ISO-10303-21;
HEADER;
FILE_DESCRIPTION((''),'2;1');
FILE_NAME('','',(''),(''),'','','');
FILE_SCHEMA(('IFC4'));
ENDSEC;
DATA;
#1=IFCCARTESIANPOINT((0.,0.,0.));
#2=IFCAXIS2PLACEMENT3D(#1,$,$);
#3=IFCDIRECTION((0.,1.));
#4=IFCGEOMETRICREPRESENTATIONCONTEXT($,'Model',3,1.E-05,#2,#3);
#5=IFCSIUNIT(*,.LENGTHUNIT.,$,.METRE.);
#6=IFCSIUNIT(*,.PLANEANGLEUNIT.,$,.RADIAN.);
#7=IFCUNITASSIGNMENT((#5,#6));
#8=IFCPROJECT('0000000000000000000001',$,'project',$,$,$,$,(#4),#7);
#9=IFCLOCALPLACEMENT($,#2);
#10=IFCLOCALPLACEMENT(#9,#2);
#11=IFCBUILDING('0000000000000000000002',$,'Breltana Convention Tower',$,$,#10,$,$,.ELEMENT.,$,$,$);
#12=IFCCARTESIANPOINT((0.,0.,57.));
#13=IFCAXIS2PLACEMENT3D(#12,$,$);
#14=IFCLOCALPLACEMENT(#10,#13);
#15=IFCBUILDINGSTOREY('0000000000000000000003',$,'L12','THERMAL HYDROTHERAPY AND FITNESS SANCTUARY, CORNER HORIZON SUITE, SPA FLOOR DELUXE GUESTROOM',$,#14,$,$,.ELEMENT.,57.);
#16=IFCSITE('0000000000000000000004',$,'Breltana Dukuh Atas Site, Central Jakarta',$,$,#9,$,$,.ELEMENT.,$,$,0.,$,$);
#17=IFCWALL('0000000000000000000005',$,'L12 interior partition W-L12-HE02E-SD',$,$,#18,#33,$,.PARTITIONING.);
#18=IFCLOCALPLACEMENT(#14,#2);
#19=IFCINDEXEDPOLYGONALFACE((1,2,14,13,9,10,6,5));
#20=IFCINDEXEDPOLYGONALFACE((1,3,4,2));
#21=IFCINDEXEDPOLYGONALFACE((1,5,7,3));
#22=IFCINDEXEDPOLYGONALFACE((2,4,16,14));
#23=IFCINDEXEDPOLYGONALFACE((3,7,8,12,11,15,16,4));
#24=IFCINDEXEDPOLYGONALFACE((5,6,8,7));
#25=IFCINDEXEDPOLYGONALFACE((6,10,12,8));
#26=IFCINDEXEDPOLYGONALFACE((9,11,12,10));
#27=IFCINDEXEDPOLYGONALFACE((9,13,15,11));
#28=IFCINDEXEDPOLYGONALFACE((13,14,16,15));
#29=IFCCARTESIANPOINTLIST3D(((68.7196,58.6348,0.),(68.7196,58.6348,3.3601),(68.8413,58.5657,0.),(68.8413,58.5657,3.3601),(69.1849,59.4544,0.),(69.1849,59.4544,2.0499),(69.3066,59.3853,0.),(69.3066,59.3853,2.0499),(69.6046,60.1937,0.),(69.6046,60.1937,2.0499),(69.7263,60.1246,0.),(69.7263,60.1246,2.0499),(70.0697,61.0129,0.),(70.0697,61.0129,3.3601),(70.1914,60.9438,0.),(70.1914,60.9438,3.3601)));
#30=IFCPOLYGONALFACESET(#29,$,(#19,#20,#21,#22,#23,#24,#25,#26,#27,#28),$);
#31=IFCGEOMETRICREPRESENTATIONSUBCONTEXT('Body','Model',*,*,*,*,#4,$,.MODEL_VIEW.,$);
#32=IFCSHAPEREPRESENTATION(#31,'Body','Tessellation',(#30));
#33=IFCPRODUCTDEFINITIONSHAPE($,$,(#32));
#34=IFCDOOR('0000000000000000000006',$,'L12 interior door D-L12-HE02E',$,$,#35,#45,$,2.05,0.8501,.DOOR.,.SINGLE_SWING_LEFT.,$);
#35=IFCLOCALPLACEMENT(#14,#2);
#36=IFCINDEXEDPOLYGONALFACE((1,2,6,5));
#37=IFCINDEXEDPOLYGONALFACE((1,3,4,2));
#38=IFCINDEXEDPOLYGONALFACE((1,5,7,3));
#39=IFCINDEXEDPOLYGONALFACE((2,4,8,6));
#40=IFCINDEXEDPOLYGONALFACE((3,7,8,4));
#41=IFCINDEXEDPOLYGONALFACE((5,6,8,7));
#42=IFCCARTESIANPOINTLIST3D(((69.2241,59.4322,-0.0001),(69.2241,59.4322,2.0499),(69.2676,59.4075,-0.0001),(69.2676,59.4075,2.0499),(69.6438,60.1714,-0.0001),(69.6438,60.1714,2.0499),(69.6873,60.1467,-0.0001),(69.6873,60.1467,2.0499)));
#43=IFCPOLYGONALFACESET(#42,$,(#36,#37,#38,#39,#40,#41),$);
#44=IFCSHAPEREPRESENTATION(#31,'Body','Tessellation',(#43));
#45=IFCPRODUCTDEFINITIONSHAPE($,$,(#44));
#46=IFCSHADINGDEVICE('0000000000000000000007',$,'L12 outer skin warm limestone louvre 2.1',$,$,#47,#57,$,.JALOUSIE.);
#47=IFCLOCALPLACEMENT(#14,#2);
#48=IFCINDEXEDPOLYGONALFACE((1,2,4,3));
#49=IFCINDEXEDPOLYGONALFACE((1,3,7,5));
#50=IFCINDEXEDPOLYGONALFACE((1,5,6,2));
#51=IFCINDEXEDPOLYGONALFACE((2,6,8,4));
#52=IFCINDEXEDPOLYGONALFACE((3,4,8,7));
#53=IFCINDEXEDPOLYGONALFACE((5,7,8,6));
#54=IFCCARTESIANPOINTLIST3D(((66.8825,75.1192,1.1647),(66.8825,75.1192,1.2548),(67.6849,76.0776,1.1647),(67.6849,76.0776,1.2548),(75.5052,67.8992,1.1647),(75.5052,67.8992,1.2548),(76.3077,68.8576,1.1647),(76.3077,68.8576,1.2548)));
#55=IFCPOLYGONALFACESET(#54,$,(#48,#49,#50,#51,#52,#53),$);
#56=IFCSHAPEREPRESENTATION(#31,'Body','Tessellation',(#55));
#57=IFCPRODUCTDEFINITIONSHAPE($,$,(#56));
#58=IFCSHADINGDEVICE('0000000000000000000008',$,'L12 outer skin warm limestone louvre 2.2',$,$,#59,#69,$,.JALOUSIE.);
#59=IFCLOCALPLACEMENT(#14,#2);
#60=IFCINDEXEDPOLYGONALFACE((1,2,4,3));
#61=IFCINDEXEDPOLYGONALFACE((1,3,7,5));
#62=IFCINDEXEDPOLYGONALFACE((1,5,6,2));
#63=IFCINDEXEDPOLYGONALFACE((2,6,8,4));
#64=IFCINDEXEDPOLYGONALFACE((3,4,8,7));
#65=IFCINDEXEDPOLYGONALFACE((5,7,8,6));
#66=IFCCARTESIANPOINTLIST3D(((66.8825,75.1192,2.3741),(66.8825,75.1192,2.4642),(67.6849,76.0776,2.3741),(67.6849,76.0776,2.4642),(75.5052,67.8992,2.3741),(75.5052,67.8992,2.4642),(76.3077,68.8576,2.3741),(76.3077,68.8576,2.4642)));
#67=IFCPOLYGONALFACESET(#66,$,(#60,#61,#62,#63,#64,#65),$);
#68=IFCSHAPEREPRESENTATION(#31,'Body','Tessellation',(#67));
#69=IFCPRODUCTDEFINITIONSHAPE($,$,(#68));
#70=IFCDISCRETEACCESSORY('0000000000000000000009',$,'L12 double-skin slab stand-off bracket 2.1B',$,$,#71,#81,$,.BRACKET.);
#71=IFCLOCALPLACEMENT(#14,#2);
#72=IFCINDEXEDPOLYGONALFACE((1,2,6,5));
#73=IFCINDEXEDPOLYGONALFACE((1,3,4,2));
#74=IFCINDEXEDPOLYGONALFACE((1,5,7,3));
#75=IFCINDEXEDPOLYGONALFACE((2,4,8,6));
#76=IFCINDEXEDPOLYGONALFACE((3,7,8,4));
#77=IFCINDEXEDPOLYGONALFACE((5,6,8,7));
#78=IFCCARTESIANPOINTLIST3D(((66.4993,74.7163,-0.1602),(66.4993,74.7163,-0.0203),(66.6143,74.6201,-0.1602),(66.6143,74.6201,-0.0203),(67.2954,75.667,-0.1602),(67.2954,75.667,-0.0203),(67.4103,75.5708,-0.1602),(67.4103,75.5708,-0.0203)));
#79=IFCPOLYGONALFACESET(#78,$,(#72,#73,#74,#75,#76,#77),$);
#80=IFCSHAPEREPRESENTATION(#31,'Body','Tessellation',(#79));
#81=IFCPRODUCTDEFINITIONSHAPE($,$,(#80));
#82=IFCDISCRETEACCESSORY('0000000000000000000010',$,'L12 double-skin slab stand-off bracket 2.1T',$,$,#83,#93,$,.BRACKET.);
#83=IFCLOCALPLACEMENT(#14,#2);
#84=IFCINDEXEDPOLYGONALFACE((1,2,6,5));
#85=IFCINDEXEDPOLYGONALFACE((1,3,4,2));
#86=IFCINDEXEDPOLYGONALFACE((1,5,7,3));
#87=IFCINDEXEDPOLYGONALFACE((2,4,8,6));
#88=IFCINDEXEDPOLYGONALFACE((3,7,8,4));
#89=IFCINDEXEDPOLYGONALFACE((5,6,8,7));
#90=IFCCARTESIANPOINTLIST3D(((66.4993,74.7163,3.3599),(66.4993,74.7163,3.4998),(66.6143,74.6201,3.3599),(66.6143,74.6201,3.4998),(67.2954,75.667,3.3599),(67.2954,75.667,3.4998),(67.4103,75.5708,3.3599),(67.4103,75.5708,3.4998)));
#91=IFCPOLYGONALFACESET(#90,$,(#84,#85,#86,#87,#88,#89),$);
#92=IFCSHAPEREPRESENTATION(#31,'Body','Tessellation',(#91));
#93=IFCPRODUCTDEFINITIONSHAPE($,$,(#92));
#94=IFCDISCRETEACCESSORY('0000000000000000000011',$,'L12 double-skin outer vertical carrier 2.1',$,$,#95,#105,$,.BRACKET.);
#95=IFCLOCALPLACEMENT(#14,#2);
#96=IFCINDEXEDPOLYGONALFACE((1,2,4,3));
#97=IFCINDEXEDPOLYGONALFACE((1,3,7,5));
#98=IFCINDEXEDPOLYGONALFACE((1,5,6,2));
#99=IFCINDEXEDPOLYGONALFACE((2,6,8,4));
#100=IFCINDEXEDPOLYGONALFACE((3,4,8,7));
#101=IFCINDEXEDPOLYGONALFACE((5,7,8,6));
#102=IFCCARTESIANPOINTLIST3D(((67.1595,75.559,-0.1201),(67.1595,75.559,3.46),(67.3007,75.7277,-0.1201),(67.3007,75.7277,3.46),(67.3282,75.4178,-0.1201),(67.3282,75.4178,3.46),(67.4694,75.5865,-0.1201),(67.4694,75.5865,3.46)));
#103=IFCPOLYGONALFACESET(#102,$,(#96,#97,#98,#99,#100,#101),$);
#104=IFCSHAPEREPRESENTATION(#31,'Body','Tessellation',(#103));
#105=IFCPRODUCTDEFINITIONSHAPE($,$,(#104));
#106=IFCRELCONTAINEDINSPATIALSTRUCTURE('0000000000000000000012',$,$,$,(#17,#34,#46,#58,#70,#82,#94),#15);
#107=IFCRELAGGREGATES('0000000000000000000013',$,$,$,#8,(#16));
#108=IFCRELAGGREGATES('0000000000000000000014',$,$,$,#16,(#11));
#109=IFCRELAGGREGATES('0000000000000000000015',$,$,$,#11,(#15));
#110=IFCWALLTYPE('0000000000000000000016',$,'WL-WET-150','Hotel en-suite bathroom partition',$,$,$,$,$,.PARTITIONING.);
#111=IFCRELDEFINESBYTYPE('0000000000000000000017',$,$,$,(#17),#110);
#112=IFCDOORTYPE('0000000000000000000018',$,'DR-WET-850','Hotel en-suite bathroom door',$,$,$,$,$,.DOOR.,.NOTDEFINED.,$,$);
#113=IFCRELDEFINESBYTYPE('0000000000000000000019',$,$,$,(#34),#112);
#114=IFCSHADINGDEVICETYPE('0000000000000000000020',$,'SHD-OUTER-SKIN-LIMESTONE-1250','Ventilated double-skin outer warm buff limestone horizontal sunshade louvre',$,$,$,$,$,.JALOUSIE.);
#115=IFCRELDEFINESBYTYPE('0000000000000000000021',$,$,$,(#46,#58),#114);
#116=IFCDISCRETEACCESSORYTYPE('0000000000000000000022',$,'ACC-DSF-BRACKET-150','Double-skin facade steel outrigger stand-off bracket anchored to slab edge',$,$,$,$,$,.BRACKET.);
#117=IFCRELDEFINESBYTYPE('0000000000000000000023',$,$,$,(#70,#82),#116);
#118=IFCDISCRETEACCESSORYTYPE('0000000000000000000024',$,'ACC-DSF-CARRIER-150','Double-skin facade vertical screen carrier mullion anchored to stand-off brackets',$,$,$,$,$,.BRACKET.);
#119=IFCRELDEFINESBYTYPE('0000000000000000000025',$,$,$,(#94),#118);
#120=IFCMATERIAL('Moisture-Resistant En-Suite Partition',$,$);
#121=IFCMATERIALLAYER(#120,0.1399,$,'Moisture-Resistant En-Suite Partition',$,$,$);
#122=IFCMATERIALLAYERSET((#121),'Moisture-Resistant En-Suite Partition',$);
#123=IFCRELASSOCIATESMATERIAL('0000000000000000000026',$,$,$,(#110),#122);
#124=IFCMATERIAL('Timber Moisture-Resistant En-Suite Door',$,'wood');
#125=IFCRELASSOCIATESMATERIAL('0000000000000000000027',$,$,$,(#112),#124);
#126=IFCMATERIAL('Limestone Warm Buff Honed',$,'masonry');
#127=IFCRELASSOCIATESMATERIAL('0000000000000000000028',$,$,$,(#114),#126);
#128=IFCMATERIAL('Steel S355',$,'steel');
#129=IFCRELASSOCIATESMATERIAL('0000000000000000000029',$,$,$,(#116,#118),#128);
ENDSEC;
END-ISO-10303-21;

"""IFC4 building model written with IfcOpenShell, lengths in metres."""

from ifc_helpers import new_model, si_unit, direction, frame, frame_2d, origin, origin_2d, place, context, subcontext, project, spatial, rectangle, extrude, source, transform, mapped, material, layer, layer_set, material_profile, profile_set, type_object, type_shapes, element, fill, save


model = new_model("IFC4")

# Units and contexts
model_context = context("Model", 3, precision=1e-05, world=origin(), true_north=direction((0.0, 1.0)))
body_context = subcontext(model_context, "Body", "Model", "MODEL_VIEW")
ifc_project = project(units=[si_unit("LENGTHUNIT", "METRE"), si_unit("PLANEANGLEUNIT", "RADIAN")], contexts=[model_context])

# Site, building, storey
site_placement = place(None, origin())
site = spatial("IfcSite", under=ifc_project, at=site_placement, Name="Breltana Dukuh Atas Site, Central Jakarta", CompositionType="ELEMENT", RefElevation=0.0)
building_placement = place(site_placement, origin())
building = spatial("IfcBuilding", under=site, at=building_placement, Name="Breltana Convention Tower", CompositionType="ELEMENT")
storey_placement = place(building_placement, frame((0.0, 0.0, 57.0)))
storey = spatial("IfcBuildingStorey", under=building, at=storey_placement, Name="L12", Description="THERMAL HYDROTHERAPY AND FITNESS SANCTUARY, CORNER HORIZON SUITE, SPA FLOOR DELUXE GUESTROOM", CompositionType="ELEMENT", Elevation=57.0)

# Shared definitions
ifc_material_1 = material(Name="Moisture-Resistant En-Suite Partition")
ifc_layer_1 = layer(ifc_material_1, 0.1399, Name="Moisture-Resistant En-Suite Partition")
ifc_layer_set_1 = layer_set([ifc_layer_1], Name="Moisture-Resistant En-Suite Partition")
wall_type_1 = type_object("IfcWallType", Name="WL-WET-150", Description="Hotel en-suite bathroom partition", PredefinedType="PARTITIONING", material=ifc_layer_set_1)

# Wall, opening, door
ifc_material_2 = material(Name="Timber Moisture-Resistant En-Suite Door", Category="wood")
door_type_1 = type_object("IfcDoorType", Name="DR-WET-850", Description="Hotel en-suite bathroom door", OperationType="NOTDEFINED", PredefinedType="DOOR", material=ifc_material_2)
shared_shape_1 = source(origin(), body_context, "Body", "SweptSolid", [
    extrude(rectangle(XDim=0.8501, YDim=2.05, at=frame_2d((0.425, 1.0249))), frame((0.0, 0.0249, 0.0), z_axis=(0.0, -1.0, 0.0), x_axis=(1.0, 0.0, 0.0)), (0.0, 0.0, 1.0), 0.05),
])
type_shapes(door_type_1, [shared_shape_1])
shared_shape_2 = source(origin(), body_context, "Body", "SweptSolid", [
    extrude(rectangle(XDim=2.7346, YDim=0.1399, at=frame_2d((1.3672, 0.0))), origin(), (0.0, 0.0, 1.0), 3.3601),
])
wall_1_placement = place(storey_placement, frame((68.7805, 58.6003, 0.0), z_axis=(0.0, 0.0, 1.0), x_axis=(0.493695, 0.869635, 0.0)))
wall_1 = element("IfcWall", 1, at=wall_1_placement, inside=storey, type_object=wall_type_1, Name="L12 interior partition W-L12-HE02E-SD", PredefinedType="PARTITIONING", context=body_context, shape_type="MappedRepresentation", body=[
    mapped(shared_shape_2, transform((0.0, 0.0, 0.0), scale=1.0)),
])
opening_1_placement = place(wall_1_placement, frame((0.9424, 0.0, 0.0)))
opening_1 = element("IfcOpeningElement", 2, at=opening_1_placement, cuts=wall_1, PredefinedType="OPENING", context=body_context, shape_type="SweptSolid", body=[
    extrude(rectangle(XDim=0.8501, YDim=2.05, at=frame_2d((0.425, 1.0249))), frame((0.0, 0.0801, 0.0), z_axis=(0.0, -1.0, 0.0), x_axis=(1.0, 0.0, 0.0)), (0.0, 0.0, 1.0), 0.1599),
])
door_1_placement = place(opening_1_placement, origin())
door_1 = element("IfcDoor", 3, at=door_1_placement, inside=storey, type_object=door_type_1, Name="L12 interior door D-L12-HE02E", OperationType="SINGLE_SWING_LEFT", OverallHeight=2.05, OverallWidth=0.8501, PredefinedType="DOOR", context=body_context, shape_type="MappedRepresentation", body=[
    mapped(shared_shape_1, transform((0.0, 0.0, 0.0), scale=1.0)),
])
fill(opening_1, door_1)

# Shading devices
ifc_material_3 = material(Name="Limestone Warm Buff Honed", Category="masonry")
ifc_material_profile_1 = material_profile(ifc_material_3, rectangle(XDim=1.25, YDim=0.0901, at=origin_2d()), Name="STN-LVR-1250X90")
ifc_profile_set_1 = profile_set([ifc_material_profile_1], Name="Limestone Warm Buff Honed")
shading_device_type = type_object("IfcShadingDeviceType", Name="SHD-OUTER-SKIN-LIMESTONE-1250", Description="Ventilated double-skin outer warm buff limestone horizontal sunshade louvre", PredefinedType="JALOUSIE", material=ifc_profile_set_1)
shared_shape_3 = source(origin(), body_context, "Body", "SweptSolid", [
    extrude(rectangle(XDim=1.25, YDim=0.0901, at=origin_2d()), origin(), (0.0, 0.0, 1.0), 11.2463),
])
for number, where, z_axis, x_axis, name in (
    (4, (67.2837, 75.5984, 1.2097), (0.766719, -0.641983, 0.0), (0.641983, 0.766719, 0.0), "L12 outer skin warm limestone louvre 2.1"),
    (5, (67.2837, 75.5984, 2.4192), (0.766719, -0.641983, 0.0), (0.641983, 0.766719, 0.0), "L12 outer skin warm limestone louvre 2.2"),
):
    element("IfcShadingDevice", number, at=place(storey_placement, frame(where, z_axis=z_axis, x_axis=x_axis)), inside=storey, type_object=shading_device_type, Name=name, PredefinedType="JALOUSIE", context=body_context, shape_type="MappedRepresentation", body=[
        mapped(shared_shape_3, transform((0.0, 0.0, 0.0), scale=1.0)),
    ])

# Discrete accessories
ifc_material_4 = material(Name="Steel S355", Category="steel")
discrete_accessory_type_1 = type_object("IfcDiscreteAccessoryType", Name="ACC-DSF-BRACKET-150", Description="Double-skin facade steel outrigger stand-off bracket anchored to slab edge", PredefinedType="BRACKET", material=ifc_material_4)
shared_shape_4 = source(origin(), body_context, "Body", "SweptSolid", [
    extrude(rectangle(XDim=1.24, YDim=0.1499, at=origin_2d()), origin(), (0.0, 0.0, 1.0), 0.1399),
])
type_shapes(discrete_accessory_type_1, [shared_shape_4])
for number, where, z_axis, x_axis, name in (
    (6, (66.9548, 75.1436, -0.1602), (0.0, 0.0, 1.0), (0.64199, 0.766713, 0.0), "L12 double-skin slab stand-off bracket 2.1B"),
    (7, (66.9548, 75.1436, 3.3599), (0.0, 0.0, 1.0), (0.64199, 0.766713, 0.0), "L12 double-skin slab stand-off bracket 2.1T"),
):
    element("IfcDiscreteAccessory", number, at=place(storey_placement, frame(where, z_axis=z_axis, x_axis=x_axis)), inside=storey, type_object=discrete_accessory_type_1, Name=name, PredefinedType="BRACKET", context=body_context, shape_type="MappedRepresentation", body=[
        mapped(shared_shape_4, transform((0.0, 0.0, 0.0), scale=1.0)),
    ])
discrete_accessory_type_2 = type_object("IfcDiscreteAccessoryType", Name="ACC-DSF-CARRIER-150", Description="Double-skin facade vertical screen carrier mullion anchored to stand-off brackets", PredefinedType="BRACKET", material=ifc_material_4)
shared_shape_5 = source(origin(), body_context, "Body", "SweptSolid", [
    extrude(rectangle(XDim=0.22, YDim=0.22, at=origin_2d()), origin(), (0.0, 0.0, 1.0), 3.5801),
])
discrete_accessory_placement = place(storey_placement, frame((67.3145, 75.5728, -0.1201), z_axis=(0.0, 0.0, 1.0), x_axis=(0.64199, 0.766713, 0.0)))
element("IfcDiscreteAccessory", 8, at=discrete_accessory_placement, inside=storey, type_object=discrete_accessory_type_2, Name="L12 double-skin outer vertical carrier 2.1", PredefinedType="BRACKET", context=body_context, shape_type="MappedRepresentation", body=[
    mapped(shared_shape_5, transform((0.0, 0.0, 0.0), scale=1.0)),
])

save(model, "model.ifc")
